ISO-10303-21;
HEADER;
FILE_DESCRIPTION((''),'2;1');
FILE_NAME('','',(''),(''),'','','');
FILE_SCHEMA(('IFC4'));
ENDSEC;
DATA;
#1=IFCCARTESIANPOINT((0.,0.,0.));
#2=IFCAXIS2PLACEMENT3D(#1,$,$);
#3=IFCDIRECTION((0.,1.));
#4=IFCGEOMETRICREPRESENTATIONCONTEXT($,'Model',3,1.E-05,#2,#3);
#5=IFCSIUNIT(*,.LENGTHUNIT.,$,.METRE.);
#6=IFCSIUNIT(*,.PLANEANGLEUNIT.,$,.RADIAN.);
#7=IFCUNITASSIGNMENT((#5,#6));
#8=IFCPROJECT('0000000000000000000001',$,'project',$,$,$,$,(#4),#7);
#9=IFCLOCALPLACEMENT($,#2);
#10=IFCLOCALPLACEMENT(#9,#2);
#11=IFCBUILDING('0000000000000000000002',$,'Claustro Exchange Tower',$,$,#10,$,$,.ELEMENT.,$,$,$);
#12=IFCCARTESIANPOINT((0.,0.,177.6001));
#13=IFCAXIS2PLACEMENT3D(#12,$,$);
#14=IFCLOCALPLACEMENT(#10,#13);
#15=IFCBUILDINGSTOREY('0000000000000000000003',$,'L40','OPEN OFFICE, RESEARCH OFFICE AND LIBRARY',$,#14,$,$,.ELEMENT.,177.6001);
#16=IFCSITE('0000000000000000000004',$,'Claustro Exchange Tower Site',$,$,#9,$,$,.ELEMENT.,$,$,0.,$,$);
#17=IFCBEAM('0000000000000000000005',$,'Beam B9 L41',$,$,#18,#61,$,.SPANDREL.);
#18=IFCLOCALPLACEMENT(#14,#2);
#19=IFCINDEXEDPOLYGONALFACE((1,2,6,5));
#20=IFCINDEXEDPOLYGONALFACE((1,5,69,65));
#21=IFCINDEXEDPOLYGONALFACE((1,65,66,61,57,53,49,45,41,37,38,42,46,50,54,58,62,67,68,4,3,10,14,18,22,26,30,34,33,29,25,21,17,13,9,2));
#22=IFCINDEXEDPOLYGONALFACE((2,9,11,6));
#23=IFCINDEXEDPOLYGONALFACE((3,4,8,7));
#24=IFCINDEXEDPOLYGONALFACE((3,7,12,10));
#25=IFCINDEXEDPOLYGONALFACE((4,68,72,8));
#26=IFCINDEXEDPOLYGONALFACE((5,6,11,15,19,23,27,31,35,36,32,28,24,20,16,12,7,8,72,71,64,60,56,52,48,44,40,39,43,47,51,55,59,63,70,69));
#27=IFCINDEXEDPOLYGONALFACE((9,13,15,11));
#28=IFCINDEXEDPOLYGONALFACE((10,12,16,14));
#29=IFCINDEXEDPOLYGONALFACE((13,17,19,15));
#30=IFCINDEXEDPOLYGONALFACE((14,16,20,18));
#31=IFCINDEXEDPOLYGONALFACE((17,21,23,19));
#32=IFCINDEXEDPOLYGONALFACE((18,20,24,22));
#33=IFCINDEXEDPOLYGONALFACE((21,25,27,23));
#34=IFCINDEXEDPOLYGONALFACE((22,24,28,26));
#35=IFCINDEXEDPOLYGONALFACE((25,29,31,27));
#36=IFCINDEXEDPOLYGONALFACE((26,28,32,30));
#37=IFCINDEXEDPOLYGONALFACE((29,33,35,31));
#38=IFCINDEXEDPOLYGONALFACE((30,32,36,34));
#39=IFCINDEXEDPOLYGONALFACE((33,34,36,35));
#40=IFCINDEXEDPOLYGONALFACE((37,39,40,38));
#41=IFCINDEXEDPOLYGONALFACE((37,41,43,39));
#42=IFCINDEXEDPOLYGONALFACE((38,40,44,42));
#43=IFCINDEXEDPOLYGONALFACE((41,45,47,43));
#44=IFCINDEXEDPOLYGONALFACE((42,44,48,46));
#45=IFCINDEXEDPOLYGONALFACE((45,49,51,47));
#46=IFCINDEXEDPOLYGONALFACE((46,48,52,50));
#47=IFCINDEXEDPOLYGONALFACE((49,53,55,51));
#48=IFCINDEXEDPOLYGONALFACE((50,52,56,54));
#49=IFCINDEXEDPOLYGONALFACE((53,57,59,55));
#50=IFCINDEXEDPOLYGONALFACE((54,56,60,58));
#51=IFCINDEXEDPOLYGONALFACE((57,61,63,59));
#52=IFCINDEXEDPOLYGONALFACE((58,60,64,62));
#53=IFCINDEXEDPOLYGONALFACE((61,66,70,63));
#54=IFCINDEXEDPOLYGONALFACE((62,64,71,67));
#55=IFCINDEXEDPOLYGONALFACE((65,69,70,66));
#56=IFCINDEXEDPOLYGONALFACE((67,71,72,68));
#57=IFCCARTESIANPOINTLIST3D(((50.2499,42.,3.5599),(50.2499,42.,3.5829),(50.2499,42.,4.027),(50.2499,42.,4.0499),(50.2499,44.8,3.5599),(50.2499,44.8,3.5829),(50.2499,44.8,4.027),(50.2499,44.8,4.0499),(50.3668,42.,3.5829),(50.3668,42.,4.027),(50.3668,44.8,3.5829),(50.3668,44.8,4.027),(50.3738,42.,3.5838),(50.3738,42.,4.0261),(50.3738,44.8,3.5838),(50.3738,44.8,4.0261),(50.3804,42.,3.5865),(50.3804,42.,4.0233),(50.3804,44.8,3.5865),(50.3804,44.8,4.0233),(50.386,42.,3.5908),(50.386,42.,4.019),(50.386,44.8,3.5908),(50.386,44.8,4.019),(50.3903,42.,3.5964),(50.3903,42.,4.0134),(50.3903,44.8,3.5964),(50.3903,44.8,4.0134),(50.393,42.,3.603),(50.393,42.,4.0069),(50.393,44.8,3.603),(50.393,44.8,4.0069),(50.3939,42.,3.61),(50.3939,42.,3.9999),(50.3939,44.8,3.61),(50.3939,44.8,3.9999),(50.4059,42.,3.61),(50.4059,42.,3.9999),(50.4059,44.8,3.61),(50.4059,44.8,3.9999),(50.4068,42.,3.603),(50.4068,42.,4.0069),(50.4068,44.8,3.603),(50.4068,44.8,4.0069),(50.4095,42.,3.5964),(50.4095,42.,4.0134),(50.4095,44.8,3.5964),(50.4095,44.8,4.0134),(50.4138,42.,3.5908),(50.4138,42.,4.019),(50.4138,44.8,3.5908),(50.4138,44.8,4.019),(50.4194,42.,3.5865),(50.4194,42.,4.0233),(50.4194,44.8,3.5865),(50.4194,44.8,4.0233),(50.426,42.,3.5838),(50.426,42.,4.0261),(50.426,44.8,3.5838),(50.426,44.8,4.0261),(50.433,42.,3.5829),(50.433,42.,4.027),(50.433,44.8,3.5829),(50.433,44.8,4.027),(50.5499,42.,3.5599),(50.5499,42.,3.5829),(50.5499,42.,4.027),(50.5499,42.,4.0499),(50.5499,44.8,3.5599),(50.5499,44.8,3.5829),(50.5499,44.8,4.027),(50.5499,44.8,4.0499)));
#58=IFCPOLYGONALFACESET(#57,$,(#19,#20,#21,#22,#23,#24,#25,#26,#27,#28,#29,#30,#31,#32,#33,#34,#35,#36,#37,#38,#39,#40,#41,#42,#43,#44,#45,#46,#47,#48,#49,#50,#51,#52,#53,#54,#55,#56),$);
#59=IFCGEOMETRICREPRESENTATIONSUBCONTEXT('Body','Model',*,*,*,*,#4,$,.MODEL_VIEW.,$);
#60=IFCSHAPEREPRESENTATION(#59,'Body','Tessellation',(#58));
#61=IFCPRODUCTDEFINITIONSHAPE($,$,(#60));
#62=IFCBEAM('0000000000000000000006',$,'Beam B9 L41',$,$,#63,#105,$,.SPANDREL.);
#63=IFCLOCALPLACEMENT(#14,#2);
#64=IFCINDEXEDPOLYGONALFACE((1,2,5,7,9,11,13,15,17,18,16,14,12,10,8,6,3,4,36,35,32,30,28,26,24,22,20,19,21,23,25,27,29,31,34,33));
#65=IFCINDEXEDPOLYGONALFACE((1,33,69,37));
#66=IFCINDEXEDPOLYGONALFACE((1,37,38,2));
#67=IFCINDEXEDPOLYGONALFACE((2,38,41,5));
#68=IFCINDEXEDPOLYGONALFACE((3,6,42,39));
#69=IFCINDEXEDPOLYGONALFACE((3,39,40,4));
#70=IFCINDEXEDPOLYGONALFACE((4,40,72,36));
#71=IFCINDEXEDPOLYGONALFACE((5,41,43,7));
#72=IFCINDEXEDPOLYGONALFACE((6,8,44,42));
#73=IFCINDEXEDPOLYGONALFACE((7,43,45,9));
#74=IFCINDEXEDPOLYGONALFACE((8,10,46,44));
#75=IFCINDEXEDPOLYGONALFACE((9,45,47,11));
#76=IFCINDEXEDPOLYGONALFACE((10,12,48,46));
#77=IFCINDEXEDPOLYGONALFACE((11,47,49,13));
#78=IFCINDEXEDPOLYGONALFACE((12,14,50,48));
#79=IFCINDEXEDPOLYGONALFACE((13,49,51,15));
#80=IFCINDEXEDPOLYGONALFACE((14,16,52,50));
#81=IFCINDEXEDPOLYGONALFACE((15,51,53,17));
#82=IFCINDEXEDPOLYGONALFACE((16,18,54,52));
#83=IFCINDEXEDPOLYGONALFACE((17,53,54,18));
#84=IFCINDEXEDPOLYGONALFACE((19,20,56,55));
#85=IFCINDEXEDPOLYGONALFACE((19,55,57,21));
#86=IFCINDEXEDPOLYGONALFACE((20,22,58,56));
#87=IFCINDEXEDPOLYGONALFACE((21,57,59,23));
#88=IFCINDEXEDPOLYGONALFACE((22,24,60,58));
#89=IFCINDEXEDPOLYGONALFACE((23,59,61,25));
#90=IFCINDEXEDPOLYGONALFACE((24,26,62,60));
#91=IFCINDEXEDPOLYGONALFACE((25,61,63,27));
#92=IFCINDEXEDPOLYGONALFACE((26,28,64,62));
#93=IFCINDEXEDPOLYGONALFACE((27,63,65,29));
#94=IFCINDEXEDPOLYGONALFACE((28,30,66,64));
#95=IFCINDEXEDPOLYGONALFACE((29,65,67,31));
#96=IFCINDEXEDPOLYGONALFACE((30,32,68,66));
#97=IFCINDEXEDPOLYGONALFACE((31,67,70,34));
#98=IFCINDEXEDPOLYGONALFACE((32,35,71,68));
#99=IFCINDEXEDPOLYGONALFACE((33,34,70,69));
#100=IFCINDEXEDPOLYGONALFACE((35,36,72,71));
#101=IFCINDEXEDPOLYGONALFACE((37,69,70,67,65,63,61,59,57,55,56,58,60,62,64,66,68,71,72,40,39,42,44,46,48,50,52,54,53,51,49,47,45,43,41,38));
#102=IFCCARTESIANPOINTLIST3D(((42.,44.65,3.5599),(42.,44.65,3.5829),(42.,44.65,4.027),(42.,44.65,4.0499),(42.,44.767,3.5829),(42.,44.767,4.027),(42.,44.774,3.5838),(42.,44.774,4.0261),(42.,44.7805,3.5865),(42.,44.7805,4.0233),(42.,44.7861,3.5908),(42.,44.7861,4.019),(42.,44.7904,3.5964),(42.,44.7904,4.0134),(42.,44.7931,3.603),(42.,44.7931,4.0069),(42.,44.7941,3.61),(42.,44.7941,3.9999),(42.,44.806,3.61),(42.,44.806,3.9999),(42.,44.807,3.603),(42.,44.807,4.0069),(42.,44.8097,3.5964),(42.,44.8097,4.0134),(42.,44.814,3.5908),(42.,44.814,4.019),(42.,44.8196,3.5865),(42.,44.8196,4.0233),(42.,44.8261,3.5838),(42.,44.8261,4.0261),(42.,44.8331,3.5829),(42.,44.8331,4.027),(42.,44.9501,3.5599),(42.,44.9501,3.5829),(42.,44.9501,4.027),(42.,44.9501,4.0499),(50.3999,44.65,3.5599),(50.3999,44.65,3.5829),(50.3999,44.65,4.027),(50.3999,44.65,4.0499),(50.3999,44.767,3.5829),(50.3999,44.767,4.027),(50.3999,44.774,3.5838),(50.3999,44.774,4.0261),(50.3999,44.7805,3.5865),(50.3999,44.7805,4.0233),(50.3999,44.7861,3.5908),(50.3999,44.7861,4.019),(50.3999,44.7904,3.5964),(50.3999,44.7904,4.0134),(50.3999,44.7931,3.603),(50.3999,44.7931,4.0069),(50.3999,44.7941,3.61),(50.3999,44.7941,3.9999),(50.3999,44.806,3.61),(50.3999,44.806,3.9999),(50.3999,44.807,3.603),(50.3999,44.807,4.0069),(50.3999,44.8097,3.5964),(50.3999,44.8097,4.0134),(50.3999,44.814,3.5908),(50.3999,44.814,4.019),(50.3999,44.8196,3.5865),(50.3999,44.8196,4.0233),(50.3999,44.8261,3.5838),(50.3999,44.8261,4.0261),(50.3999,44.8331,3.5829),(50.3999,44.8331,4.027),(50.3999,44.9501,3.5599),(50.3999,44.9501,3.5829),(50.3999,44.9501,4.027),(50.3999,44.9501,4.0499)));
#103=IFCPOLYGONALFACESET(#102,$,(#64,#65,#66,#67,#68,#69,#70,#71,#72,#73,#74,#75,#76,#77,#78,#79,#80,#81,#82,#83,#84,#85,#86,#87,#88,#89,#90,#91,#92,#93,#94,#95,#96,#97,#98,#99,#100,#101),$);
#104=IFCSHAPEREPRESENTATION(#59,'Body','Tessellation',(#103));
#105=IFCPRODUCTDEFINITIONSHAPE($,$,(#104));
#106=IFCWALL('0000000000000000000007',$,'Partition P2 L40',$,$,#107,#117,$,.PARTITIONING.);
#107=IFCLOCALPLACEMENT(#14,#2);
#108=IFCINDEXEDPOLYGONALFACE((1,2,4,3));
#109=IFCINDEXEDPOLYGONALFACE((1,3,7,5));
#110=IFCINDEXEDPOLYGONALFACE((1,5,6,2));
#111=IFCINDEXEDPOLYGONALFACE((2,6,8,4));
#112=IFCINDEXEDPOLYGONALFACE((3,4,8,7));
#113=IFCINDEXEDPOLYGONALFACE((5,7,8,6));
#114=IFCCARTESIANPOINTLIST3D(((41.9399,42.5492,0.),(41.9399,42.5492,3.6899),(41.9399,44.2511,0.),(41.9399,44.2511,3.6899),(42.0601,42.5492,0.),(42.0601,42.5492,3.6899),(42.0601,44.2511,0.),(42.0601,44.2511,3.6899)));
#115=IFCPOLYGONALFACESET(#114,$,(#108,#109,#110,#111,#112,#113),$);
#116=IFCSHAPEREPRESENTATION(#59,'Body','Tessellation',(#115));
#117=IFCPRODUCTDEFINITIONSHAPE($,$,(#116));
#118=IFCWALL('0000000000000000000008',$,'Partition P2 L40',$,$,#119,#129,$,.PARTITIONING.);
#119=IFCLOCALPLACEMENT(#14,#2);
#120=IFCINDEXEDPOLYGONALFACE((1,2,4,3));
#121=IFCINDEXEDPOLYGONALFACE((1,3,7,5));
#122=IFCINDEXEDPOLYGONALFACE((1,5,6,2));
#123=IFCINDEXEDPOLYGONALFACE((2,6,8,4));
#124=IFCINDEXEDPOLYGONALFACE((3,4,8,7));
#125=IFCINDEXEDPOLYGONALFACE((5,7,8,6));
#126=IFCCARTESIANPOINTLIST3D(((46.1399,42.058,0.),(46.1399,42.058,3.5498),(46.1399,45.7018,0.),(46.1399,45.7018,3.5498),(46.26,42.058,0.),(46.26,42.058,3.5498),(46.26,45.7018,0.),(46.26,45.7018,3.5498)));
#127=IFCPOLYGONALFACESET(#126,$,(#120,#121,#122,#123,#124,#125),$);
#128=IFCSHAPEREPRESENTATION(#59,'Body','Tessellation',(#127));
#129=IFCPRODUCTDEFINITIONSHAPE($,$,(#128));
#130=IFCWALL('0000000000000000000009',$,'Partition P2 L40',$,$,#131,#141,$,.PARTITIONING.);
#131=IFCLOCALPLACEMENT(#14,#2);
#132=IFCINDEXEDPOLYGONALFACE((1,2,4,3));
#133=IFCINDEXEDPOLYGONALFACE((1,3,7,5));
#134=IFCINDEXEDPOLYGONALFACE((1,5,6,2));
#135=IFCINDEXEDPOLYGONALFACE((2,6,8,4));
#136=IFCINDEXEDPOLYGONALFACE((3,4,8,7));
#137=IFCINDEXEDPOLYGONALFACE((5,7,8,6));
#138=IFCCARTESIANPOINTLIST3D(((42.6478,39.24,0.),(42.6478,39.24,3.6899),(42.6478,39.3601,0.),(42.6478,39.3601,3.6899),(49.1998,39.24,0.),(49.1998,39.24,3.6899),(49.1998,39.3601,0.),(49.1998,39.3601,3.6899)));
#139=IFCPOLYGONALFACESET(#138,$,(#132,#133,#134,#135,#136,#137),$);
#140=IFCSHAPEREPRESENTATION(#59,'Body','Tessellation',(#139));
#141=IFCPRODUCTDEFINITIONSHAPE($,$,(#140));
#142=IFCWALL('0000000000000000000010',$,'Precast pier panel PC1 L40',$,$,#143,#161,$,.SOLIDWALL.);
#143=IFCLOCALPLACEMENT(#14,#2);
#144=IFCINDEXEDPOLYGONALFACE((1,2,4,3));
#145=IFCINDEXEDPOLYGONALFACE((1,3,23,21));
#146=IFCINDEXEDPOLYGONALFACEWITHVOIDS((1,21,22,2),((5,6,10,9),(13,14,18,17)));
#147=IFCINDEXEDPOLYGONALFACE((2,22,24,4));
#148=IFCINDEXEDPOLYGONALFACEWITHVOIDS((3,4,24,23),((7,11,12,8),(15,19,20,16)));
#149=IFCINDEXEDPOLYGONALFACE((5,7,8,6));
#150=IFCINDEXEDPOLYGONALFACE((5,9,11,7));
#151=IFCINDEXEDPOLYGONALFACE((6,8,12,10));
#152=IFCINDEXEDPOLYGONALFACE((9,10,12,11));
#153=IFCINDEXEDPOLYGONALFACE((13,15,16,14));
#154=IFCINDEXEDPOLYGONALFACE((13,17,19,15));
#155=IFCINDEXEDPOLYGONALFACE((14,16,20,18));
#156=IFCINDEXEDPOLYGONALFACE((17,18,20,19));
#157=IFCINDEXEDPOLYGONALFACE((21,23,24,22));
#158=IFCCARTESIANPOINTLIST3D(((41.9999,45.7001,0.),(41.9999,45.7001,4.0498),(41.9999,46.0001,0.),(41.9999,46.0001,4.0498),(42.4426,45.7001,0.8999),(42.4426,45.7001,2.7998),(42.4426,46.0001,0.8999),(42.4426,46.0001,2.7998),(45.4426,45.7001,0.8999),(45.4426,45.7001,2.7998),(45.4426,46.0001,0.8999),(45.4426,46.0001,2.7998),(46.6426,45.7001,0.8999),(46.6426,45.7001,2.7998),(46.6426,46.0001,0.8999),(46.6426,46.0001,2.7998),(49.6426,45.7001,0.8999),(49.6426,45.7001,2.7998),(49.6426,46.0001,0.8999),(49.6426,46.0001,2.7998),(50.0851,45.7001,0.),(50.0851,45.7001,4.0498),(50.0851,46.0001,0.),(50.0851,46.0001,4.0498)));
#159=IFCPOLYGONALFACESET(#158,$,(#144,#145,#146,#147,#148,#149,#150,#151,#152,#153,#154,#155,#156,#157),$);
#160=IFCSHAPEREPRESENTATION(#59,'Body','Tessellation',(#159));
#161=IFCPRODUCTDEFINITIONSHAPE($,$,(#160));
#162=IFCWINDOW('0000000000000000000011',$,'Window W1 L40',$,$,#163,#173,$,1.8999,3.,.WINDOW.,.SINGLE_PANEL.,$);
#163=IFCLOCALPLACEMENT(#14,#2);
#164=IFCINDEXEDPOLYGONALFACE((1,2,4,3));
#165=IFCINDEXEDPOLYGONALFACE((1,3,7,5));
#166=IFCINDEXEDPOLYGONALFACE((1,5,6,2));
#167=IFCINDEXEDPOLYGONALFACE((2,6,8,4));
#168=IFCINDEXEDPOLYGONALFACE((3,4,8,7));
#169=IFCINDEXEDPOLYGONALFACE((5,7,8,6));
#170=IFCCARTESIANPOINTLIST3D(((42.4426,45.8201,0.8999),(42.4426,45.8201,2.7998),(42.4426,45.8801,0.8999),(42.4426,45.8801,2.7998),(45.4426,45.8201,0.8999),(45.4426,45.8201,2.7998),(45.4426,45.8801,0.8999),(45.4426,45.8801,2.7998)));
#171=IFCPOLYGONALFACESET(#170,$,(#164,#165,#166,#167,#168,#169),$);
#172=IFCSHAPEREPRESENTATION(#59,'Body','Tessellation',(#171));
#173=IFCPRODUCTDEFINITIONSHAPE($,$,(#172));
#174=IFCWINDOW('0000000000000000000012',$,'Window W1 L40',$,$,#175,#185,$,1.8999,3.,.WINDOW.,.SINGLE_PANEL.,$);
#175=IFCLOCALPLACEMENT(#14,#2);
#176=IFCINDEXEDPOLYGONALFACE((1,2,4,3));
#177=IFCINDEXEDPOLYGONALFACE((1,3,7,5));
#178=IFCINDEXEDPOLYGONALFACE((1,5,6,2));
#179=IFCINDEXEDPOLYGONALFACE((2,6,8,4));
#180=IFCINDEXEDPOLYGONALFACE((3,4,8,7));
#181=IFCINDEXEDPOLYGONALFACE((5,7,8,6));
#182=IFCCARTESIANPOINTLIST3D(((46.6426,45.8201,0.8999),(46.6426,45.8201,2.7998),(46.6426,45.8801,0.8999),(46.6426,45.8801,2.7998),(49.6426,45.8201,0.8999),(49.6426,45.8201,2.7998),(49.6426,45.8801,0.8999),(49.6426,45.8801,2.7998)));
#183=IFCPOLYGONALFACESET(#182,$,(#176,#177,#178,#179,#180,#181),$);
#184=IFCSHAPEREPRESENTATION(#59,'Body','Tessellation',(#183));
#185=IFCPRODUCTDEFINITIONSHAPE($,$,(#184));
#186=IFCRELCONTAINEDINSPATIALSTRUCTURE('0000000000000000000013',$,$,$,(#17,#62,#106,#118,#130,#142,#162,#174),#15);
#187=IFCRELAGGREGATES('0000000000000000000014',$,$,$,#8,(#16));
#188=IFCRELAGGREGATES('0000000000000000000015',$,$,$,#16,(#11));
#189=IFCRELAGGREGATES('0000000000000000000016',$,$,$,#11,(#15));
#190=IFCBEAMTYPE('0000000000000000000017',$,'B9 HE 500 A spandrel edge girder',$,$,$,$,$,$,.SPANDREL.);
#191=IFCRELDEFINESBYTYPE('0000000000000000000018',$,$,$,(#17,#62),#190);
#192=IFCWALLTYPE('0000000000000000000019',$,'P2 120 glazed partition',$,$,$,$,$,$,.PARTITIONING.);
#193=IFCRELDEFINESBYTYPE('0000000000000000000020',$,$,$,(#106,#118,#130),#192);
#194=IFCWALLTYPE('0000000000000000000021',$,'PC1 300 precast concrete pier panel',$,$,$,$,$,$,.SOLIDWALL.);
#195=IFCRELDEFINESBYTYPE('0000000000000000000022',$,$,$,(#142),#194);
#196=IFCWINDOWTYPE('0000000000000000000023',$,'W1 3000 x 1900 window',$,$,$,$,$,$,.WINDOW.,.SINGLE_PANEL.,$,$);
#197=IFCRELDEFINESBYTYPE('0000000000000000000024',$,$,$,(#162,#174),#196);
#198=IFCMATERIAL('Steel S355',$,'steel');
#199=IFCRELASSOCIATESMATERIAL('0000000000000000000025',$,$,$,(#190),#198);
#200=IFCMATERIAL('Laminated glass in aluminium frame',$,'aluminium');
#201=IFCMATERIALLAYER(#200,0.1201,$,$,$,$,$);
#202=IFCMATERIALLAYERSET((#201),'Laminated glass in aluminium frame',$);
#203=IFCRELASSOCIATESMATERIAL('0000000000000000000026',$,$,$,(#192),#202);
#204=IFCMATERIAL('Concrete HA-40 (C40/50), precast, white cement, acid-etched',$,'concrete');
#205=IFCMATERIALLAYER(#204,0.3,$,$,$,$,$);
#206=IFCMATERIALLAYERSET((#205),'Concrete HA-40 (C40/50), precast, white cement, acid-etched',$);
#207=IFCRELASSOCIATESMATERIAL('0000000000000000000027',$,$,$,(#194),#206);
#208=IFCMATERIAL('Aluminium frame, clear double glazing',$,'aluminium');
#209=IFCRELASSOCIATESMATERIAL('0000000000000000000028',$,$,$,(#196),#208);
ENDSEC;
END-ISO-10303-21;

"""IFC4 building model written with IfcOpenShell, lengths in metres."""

from ifc_helpers import new_model, si_unit, direction, frame, frame_2d, origin, origin_2d, place, context, subcontext, project, spatial, rectangle, i_section, extrude, material, layer, layer_set, material_profile, profile_set, type_object, element, fill, save


model = new_model("IFC4")

# Units and contexts
model_context = context("Model", 3, precision=1e-05, world=origin(), true_north=direction((0.0, 1.0)))
body_context = subcontext(model_context, "Body", "Model", "MODEL_VIEW")
ifc_project = project(units=[si_unit("LENGTHUNIT", "METRE"), si_unit("PLANEANGLEUNIT", "RADIAN")], contexts=[model_context])

# Site, building, storey
site_placement = place(None, origin())
site = spatial("IfcSite", under=ifc_project, at=site_placement, Name="Claustro Exchange Tower Site", CompositionType="ELEMENT", RefElevation=0.0)
building_placement = place(site_placement, origin())
building = spatial("IfcBuilding", under=site, at=building_placement, Name="Claustro Exchange Tower", CompositionType="ELEMENT")
storey_placement = place(building_placement, frame((0.0, 0.0, 177.6001)))
storey = spatial("IfcBuildingStorey", under=building, at=storey_placement, Name="L40", Description="OPEN OFFICE, RESEARCH OFFICE AND LIBRARY", CompositionType="ELEMENT", Elevation=177.6001)

# Beams
ifc_material_1 = material(Name="Steel S355", Category="steel")
ifc_material_profile_1 = material_profile(ifc_material_1, i_section(OverallWidth=0.3, OverallDepth=0.49, WebThickness=0.012, FlangeThickness=0.0229, FilletRadius=0.0271, at=origin_2d()), Name="HE 500 A")
ifc_profile_set_1 = profile_set([ifc_material_profile_1], Name="Steel S355")
beam_type_1 = type_object("IfcBeamType", Name="B9 HE 500 A spandrel edge girder", PredefinedType="SPANDREL", material=ifc_profile_set_1)
beam_1_placement = place(storey_placement, frame((50.3999, 42.0, 3.8049), z_axis=(0.0, 1.0, 0.0), x_axis=(-1.0, 0.0, 0.0)))
element("IfcBeam", 1, at=beam_1_placement, inside=storey, type_object=beam_type_1, Name="Beam B9 L41", PredefinedType="SPANDREL", context=body_context, shape_type="SweptSolid", body=[
    extrude(i_section(OverallWidth=0.3, OverallDepth=0.49, WebThickness=0.012, FlangeThickness=0.0229, FilletRadius=0.0271, at=origin_2d()), origin(), (0.0, 0.0, 1.0), 2.8),
])
beam_2_placement = place(storey_placement, frame((42.0, 44.8, 3.8049), z_axis=(1.0, 0.0, 0.0), x_axis=(0.0, 1.0, 0.0)))
element("IfcBeam", 2, at=beam_2_placement, inside=storey, type_object=beam_type_1, Name="Beam B9 L41", PredefinedType="SPANDREL", context=body_context, shape_type="SweptSolid", body=[
    extrude(i_section(OverallWidth=0.3, OverallDepth=0.49, WebThickness=0.012, FlangeThickness=0.0229, FilletRadius=0.0271, at=origin_2d()), origin(), (0.0, 0.0, 1.0), 8.3999),
])

# Shared definitions
ifc_material_2 = material(Name="Laminated glass in aluminium frame", Category="aluminium")
ifc_layer_1 = layer(ifc_material_2, 0.1201)
ifc_layer_set_1 = layer_set([ifc_layer_1], Name="Laminated glass in aluminium frame")
wall_type_1 = type_object("IfcWallType", Name="P2 120 glazed partition", PredefinedType="PARTITIONING", material=ifc_layer_set_1)

# Walls
wall_1_placement = place(storey_placement, frame((42.0, 42.5491, 0.0), z_axis=(0.0, 0.0, 1.0), x_axis=(0.0, 1.0, 0.0)))
element("IfcWall", 3, at=wall_1_placement, inside=storey, type_object=wall_type_1, Name="Partition P2 L40", PredefinedType="PARTITIONING", context=body_context, shape_type="SweptSolid", body=[
    extrude(rectangle(XDim=1.7019, YDim=0.1201, at=frame_2d((0.8511, 0.0))), origin(), (0.0, 0.0, 1.0), 3.6899),
])
wall_2_placement = place(storey_placement, frame((46.2, 42.0581, 0.0), z_axis=(0.0, 0.0, 1.0), x_axis=(0.0, 1.0, 0.0)))
element("IfcWall", 4, at=wall_2_placement, inside=storey, type_object=wall_type_1, Name="Partition P2 L40", PredefinedType="PARTITIONING", context=body_context, shape_type="SweptSolid", body=[
    extrude(rectangle(XDim=3.6438, YDim=0.1201, at=frame_2d((1.8218, 0.0))), origin(), (0.0, 0.0, 1.0), 3.5498),
])
wall_3_placement = place(storey_placement, frame((42.6479, 39.3, 0.0), z_axis=(0.0, 0.0, 1.0), x_axis=(1.0, 0.0, 0.0)))
element("IfcWall", 5, at=wall_3_placement, inside=storey, type_object=wall_type_1, Name="Partition P2 L40", PredefinedType="PARTITIONING", context=body_context, shape_type="SweptSolid", body=[
    extrude(rectangle(XDim=6.552, YDim=0.1201, at=frame_2d((3.2759, 0.0))), origin(), (0.0, 0.0, 1.0), 3.6899),
])

# Wall, openings, windows
ifc_material_3 = material(Name="Concrete HA-40 (C40/50), precast, white cement, acid-etched", Category="concrete")
ifc_layer_2 = layer(ifc_material_3, 0.3)
ifc_layer_set_2 = layer_set([ifc_layer_2], Name="Concrete HA-40 (C40/50), precast, white cement, acid-etched")
wall_type_2 = type_object("IfcWallType", Name="PC1 300 precast concrete pier panel", PredefinedType="SOLIDWALL", material=ifc_layer_set_2)
wall_4_placement = place(storey_placement, frame((42.0, 45.8501, 0.0), z_axis=(0.0, 0.0, 1.0), x_axis=(1.0, 0.0, 0.0)))
wall_4 = element("IfcWall", 6, at=wall_4_placement, inside=storey, type_object=wall_type_2, Name="Precast pier panel PC1 L40", PredefinedType="SOLIDWALL", context=body_context, shape_type="SweptSolid", body=[
    extrude(rectangle(XDim=8.0852, YDim=0.3, at=frame_2d((4.0425, 0.0))), origin(), (0.0, 0.0, 1.0), 4.0498),
])
opening_1_placement = place(wall_4_placement, frame((0.4426, 0.0, 0.8999)))
opening_1 = element("IfcOpeningElement", 7, at=opening_1_placement, cuts=wall_4, PredefinedType="OPENING", context=body_context, shape_type="SweptSolid", body=[
    extrude(rectangle(XDim=3.0, YDim=1.8999, at=frame_2d((1.5, 0.95))), frame((0.0, 0.1599, 0.0), z_axis=(0.0, -1.0, 0.0), x_axis=(1.0, 0.0, 0.0)), (0.0, 0.0, 1.0), 0.3201),
])
opening_2_placement = place(wall_4_placement, frame((4.6426, 0.0, 0.8999)))
opening_2 = element("IfcOpeningElement", 8, at=opening_2_placement, cuts=wall_4, PredefinedType="OPENING", context=body_context, shape_type="SweptSolid", body=[
    extrude(rectangle(XDim=3.0, YDim=1.8999, at=frame_2d((1.5, 0.95))), frame((0.0, 0.1599, 0.0), z_axis=(0.0, -1.0, 0.0), x_axis=(1.0, 0.0, 0.0)), (0.0, 0.0, 1.0), 0.3201),
])
ifc_material_4 = material(Name="Aluminium frame, clear double glazing", Category="aluminium")
window_type_1 = type_object("IfcWindowType", Name="W1 3000 x 1900 window", PartitioningType="SINGLE_PANEL", PredefinedType="WINDOW", material=ifc_material_4)
window_1_placement = place(opening_1_placement, origin())
window_1 = element("IfcWindow", 9, at=window_1_placement, inside=storey, type_object=window_type_1, Name="Window W1 L40", OverallHeight=1.8999, OverallWidth=3.0, PartitioningType="SINGLE_PANEL", PredefinedType="WINDOW", context=body_context, shape_type="SweptSolid", body=[
    extrude(rectangle(XDim=3.0, YDim=1.8999, at=frame_2d((1.5, 0.95))), frame((0.0, 0.03, 0.0), z_axis=(0.0, -1.0, 0.0), x_axis=(1.0, 0.0, 0.0)), (0.0, 0.0, 1.0), 0.0601),
])
fill(opening_1, window_1)
window_2_placement = place(opening_2_placement, origin())
window_2 = element("IfcWindow", 10, at=window_2_placement, inside=storey, type_object=window_type_1, Name="Window W1 L40", OverallHeight=1.8999, OverallWidth=3.0, PartitioningType="SINGLE_PANEL", PredefinedType="WINDOW", context=body_context, shape_type="SweptSolid", body=[
    extrude(rectangle(XDim=3.0, YDim=1.8999, at=frame_2d((1.5, 0.95))), frame((0.0, 0.03, 0.0), z_axis=(0.0, -1.0, 0.0), x_axis=(1.0, 0.0, 0.0)), (0.0, 0.0, 1.0), 0.0601),
])
fill(opening_2, window_2)

save(model, "model.ifc")
